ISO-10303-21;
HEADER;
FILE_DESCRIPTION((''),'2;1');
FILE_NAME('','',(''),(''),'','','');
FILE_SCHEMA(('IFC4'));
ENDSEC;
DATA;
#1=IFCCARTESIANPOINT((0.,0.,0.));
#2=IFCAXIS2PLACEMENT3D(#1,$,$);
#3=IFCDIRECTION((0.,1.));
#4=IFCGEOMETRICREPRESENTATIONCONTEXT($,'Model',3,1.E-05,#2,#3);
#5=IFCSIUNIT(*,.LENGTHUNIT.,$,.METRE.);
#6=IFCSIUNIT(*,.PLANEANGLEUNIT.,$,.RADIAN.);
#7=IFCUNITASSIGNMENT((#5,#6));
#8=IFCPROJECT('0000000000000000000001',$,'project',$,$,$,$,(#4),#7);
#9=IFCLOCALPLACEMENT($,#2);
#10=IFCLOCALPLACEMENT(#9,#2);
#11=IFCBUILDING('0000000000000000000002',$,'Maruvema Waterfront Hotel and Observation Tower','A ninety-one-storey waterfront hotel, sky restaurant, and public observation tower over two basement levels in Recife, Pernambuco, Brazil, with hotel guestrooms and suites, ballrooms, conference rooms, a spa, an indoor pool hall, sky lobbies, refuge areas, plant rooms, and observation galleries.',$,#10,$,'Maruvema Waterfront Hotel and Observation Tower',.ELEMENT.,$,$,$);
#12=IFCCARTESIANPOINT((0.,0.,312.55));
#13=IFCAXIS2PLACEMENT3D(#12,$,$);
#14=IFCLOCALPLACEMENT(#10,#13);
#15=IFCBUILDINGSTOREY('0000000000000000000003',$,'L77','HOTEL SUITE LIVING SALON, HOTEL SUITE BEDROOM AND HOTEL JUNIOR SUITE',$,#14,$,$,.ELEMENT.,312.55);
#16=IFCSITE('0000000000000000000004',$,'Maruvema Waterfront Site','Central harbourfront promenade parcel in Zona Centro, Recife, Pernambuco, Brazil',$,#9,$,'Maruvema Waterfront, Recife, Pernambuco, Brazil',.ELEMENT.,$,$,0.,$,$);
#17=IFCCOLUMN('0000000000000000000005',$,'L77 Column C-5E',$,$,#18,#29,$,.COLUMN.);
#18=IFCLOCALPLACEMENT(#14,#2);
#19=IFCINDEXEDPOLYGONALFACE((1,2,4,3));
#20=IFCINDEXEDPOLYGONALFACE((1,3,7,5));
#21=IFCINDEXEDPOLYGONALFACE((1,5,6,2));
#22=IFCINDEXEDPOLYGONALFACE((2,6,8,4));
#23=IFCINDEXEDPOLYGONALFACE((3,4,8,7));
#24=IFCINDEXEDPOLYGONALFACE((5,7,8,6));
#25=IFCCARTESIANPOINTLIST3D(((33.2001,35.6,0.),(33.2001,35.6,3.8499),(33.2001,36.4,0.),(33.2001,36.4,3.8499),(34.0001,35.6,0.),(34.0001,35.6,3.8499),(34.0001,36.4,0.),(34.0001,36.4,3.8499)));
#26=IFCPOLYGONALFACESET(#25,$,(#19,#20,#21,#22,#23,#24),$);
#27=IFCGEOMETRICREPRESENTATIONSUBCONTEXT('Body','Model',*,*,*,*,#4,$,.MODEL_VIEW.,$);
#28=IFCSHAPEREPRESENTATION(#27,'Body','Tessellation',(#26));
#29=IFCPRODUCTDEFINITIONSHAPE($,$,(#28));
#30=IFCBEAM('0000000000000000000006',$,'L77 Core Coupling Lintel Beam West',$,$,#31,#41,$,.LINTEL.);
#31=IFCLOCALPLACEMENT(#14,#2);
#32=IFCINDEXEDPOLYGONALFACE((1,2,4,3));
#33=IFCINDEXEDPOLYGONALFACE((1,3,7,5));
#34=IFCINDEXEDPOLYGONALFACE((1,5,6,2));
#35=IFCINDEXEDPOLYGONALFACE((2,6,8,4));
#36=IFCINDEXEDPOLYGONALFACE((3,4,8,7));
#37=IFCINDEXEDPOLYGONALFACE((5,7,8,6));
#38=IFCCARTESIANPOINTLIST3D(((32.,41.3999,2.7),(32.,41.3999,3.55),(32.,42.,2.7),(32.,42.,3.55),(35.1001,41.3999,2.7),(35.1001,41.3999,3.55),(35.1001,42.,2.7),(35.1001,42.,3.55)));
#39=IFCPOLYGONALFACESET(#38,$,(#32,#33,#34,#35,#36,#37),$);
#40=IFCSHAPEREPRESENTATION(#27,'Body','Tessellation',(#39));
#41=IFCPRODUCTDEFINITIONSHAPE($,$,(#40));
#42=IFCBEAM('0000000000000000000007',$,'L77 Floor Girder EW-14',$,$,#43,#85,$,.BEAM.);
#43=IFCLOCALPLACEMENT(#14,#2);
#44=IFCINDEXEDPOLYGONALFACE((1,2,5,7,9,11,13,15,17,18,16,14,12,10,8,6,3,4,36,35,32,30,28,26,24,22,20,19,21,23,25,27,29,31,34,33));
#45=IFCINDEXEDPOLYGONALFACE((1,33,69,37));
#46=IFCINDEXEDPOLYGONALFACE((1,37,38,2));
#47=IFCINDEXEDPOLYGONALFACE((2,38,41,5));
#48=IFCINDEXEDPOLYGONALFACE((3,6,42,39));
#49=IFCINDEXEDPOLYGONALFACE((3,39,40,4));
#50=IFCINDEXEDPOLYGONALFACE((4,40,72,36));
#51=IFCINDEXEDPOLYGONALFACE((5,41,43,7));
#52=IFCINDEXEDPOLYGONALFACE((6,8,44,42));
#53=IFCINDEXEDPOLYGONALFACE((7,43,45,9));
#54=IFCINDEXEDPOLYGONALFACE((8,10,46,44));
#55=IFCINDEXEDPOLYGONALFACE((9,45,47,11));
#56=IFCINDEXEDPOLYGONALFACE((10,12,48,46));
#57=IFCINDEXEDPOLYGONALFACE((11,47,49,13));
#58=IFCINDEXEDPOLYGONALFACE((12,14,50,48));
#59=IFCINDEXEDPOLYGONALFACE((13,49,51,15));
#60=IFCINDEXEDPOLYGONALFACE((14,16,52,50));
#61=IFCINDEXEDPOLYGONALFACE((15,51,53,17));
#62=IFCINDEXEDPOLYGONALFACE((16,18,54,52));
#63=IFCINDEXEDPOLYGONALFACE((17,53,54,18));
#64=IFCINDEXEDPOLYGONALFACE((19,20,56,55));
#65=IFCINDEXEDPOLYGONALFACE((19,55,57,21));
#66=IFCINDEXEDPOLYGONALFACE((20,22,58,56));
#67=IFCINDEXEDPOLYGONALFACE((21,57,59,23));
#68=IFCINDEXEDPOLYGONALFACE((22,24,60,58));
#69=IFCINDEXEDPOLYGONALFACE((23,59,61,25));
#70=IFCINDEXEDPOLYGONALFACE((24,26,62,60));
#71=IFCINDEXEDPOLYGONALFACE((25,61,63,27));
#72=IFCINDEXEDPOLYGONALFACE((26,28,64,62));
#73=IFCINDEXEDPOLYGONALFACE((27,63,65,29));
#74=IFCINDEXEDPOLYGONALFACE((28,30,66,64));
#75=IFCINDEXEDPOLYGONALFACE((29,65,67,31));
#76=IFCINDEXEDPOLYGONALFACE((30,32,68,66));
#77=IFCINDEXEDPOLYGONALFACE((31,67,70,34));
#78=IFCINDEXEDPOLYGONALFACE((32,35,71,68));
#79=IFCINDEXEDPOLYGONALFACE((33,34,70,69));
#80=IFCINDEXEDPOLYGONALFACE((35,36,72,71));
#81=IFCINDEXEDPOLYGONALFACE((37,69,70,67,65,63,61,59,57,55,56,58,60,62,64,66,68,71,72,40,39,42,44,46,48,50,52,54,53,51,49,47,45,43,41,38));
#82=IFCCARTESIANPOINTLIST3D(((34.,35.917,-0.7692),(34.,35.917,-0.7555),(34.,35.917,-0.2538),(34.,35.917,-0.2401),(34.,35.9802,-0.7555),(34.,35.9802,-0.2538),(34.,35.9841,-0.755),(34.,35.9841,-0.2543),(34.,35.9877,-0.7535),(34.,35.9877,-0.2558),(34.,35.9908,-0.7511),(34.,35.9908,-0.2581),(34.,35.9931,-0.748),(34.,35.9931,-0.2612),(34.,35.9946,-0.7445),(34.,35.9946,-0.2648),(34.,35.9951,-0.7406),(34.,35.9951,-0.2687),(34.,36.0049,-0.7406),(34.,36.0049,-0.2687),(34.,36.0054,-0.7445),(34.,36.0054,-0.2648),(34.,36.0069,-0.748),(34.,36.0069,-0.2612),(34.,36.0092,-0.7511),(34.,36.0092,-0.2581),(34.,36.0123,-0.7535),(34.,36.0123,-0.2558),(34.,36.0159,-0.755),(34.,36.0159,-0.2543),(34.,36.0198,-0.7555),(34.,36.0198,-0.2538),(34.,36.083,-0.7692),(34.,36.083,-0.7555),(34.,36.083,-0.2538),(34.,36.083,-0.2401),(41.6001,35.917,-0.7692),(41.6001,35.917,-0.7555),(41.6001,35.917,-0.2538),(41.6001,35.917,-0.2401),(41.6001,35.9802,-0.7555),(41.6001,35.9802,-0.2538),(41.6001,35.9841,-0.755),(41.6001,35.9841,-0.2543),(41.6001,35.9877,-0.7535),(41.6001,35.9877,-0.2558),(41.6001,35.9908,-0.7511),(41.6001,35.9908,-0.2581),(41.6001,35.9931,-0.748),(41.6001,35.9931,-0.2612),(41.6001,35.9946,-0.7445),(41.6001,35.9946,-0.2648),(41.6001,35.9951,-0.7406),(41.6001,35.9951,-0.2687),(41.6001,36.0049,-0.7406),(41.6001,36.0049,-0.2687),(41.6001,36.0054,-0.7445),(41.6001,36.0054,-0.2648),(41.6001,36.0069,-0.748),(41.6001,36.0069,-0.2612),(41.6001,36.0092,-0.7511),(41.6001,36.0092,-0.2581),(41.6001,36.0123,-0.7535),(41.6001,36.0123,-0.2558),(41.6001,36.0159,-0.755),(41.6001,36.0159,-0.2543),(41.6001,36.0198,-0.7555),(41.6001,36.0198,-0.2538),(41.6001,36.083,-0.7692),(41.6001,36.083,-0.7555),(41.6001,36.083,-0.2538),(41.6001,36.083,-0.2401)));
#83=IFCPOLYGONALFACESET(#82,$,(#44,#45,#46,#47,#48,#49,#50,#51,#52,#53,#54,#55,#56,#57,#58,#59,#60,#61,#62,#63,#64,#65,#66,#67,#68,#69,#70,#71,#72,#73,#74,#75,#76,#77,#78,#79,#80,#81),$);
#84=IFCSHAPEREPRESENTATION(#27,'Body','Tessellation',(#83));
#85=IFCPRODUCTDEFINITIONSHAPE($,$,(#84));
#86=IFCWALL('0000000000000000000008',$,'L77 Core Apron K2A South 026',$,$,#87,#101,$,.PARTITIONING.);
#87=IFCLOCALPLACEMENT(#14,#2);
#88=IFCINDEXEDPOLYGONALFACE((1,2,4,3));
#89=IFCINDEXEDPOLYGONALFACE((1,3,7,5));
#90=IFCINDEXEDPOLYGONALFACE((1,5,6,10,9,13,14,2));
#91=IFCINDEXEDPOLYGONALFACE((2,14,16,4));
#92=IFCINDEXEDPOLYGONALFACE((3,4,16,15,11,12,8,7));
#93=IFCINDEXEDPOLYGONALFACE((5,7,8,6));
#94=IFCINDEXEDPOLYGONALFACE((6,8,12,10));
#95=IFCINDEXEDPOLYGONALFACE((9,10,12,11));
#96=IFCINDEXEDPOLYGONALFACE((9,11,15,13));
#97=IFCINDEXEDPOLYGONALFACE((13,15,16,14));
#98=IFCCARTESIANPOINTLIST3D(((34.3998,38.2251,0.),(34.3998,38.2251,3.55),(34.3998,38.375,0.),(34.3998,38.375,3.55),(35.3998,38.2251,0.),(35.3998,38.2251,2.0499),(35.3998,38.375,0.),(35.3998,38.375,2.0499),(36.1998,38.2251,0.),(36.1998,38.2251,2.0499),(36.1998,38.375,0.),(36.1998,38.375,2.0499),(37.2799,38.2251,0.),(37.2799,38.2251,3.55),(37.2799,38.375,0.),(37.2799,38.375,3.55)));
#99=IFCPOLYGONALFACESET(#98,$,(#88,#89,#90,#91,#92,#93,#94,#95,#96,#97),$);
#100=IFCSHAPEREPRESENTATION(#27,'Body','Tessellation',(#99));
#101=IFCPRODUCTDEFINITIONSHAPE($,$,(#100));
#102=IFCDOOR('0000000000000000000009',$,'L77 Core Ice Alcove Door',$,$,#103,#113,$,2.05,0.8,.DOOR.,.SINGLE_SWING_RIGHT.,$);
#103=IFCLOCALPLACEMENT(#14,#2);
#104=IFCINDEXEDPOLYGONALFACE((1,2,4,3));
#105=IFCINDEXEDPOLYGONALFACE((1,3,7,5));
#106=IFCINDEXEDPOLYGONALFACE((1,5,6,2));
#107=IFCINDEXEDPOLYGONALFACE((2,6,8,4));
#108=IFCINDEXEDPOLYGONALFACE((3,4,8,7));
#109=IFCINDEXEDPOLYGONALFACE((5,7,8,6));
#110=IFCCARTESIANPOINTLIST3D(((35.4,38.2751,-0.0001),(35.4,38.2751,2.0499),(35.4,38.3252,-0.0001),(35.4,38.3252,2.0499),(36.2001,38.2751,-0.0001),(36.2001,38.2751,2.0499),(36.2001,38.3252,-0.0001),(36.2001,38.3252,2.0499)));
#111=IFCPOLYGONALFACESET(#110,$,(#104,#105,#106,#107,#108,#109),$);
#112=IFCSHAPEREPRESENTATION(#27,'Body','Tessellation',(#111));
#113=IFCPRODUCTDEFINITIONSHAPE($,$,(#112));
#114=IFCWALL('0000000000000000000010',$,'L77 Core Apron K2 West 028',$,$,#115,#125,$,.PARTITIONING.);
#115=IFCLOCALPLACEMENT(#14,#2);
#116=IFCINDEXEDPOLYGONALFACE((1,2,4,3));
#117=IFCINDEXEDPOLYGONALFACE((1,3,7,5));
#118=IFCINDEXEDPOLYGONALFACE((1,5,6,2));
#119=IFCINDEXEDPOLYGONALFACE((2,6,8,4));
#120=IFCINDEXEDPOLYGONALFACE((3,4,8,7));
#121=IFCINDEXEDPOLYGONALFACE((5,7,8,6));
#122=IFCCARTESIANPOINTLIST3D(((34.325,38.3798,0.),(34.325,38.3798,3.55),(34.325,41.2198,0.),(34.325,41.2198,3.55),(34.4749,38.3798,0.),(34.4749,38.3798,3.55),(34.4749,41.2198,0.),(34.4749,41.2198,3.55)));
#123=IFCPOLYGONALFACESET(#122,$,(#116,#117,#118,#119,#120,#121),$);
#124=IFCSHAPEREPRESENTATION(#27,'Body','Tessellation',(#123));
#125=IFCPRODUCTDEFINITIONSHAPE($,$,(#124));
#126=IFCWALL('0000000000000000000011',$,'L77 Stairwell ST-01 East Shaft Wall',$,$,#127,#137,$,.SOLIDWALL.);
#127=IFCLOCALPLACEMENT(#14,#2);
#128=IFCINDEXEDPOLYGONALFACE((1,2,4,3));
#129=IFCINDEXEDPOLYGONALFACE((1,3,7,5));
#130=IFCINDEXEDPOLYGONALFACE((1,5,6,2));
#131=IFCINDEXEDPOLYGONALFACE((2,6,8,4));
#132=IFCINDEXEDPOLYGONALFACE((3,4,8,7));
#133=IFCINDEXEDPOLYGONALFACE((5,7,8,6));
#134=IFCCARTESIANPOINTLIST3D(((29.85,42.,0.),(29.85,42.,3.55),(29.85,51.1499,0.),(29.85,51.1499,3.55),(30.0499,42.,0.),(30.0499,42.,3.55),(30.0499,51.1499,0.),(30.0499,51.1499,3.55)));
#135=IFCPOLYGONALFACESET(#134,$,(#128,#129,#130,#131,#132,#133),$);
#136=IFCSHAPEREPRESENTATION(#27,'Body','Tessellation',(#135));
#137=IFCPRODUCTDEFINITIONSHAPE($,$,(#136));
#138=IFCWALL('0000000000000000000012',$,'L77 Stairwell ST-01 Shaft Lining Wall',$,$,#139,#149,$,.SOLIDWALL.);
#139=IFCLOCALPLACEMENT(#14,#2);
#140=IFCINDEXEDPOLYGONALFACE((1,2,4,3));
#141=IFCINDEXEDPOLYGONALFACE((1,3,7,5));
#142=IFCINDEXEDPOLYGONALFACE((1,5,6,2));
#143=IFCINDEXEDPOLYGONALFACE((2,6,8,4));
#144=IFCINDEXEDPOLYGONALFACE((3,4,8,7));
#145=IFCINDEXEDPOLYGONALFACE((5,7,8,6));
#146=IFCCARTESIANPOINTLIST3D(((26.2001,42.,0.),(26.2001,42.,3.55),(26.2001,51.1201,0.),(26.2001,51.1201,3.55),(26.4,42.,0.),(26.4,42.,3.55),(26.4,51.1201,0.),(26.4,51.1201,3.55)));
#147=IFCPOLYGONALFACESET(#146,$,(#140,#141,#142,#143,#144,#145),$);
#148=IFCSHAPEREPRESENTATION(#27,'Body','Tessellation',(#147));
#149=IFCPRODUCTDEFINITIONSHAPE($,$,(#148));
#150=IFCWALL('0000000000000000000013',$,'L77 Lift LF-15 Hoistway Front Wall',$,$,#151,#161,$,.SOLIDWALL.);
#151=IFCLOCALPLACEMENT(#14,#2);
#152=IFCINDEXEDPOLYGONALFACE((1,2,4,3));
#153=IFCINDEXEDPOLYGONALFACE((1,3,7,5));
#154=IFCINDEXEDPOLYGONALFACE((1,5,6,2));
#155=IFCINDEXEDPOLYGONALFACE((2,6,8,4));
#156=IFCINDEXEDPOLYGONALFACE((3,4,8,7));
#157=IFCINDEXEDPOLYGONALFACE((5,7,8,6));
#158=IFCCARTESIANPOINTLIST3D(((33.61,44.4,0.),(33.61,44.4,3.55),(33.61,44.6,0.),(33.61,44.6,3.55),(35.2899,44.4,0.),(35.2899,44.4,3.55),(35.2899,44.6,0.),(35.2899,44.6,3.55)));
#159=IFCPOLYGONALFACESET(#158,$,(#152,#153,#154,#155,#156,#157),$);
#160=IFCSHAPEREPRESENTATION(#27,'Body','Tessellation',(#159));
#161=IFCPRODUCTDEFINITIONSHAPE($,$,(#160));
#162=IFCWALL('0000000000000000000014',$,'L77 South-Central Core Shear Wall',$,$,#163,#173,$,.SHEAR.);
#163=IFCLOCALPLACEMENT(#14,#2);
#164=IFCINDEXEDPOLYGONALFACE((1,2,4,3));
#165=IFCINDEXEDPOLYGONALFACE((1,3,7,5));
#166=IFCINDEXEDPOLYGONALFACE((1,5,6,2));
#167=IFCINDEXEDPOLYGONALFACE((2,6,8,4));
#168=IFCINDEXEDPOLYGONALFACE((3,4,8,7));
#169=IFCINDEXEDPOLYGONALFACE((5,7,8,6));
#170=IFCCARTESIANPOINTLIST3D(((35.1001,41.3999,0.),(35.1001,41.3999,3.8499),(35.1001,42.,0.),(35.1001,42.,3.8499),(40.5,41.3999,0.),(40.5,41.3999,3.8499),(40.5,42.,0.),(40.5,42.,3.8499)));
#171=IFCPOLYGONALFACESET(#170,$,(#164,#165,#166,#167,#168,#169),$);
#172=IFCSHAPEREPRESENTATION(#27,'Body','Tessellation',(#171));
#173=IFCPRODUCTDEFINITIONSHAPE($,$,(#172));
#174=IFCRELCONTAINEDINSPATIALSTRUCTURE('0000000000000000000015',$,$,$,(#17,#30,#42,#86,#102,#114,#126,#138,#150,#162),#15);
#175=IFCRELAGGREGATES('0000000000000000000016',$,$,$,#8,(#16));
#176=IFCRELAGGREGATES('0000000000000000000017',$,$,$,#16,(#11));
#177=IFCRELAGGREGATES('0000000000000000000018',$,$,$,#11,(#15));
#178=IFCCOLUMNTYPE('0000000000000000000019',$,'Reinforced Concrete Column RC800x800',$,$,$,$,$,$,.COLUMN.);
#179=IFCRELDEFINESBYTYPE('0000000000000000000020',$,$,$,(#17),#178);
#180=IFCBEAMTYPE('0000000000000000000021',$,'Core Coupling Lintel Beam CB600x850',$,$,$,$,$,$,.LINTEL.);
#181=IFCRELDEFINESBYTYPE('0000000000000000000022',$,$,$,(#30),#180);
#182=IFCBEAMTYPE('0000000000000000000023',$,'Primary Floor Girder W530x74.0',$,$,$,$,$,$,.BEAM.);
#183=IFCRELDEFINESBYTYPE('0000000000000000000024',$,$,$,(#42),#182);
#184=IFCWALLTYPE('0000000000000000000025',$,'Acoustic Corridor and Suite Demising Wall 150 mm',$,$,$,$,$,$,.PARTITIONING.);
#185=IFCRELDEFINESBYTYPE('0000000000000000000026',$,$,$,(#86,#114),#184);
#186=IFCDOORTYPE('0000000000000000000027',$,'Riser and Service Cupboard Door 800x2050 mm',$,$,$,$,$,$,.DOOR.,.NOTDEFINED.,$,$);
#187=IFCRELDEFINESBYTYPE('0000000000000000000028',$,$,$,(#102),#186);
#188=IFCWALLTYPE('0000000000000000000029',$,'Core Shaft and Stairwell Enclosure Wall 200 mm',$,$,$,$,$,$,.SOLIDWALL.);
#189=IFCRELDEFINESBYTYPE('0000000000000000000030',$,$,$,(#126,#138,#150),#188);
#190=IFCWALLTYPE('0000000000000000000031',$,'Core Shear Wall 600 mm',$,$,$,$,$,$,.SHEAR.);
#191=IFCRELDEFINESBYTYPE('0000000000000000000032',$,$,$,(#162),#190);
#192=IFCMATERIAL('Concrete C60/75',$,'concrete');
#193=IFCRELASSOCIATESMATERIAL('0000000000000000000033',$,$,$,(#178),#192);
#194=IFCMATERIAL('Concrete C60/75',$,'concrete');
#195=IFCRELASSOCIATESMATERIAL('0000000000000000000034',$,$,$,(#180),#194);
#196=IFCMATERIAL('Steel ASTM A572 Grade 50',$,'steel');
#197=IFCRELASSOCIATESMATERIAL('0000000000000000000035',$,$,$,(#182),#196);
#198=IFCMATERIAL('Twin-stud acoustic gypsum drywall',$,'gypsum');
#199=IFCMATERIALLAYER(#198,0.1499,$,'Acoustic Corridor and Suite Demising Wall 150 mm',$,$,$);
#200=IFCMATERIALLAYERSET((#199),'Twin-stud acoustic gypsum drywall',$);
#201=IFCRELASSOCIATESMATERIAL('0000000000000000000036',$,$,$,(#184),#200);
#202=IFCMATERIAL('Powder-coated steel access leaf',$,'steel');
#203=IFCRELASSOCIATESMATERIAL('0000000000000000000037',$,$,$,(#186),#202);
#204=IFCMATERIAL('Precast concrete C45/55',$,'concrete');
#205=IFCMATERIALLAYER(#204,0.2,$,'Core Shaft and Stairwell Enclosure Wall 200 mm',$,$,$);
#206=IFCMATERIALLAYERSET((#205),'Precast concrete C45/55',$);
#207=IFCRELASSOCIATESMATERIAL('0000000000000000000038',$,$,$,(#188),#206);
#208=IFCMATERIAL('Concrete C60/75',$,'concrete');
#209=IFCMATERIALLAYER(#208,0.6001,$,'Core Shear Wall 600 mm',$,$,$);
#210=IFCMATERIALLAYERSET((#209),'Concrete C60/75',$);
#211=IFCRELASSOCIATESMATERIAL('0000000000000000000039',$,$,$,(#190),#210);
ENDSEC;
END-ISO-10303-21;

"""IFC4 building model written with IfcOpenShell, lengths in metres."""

from ifc_helpers import new_model, si_unit, direction, frame, frame_2d, origin, origin_2d, place, context, subcontext, project, spatial, rectangle, i_section, extrude, material, layer, layer_set, material_profile, profile_set, type_object, element, fill, save


model = new_model("IFC4")

# Units and contexts
model_context = context("Model", 3, precision=1e-05, world=origin(), true_north=direction((0.0, 1.0)))
body_context = subcontext(model_context, "Body", "Model", "MODEL_VIEW")
ifc_project = project(units=[si_unit("LENGTHUNIT", "METRE"), si_unit("PLANEANGLEUNIT", "RADIAN")], contexts=[model_context])

# Site, building, storey
site_placement = place(None, origin())
site = spatial("IfcSite", under=ifc_project, at=site_placement, Name="Maruvema Waterfront Site", Description="Central harbourfront promenade parcel in Zona Centro, Recife, Pernambuco, Brazil", LongName="Maruvema Waterfront, Recife, Pernambuco, Brazil", CompositionType="ELEMENT", RefElevation=0.0)
building_placement = place(site_placement, origin())
building = spatial("IfcBuilding", under=site, at=building_placement, Name="Maruvema Waterfront Hotel and Observation Tower", Description="A ninety-one-storey waterfront hotel, sky restaurant, and public observation tower over two basement levels in Recife, Pernambuco, Brazil, with hotel guestrooms and suites, ballrooms, conference rooms, a spa, an indoor pool hall, sky lobbies, refuge areas, plant rooms, and observation galleries.", LongName="Maruvema Waterfront Hotel and Observation Tower", CompositionType="ELEMENT")
storey_placement = place(building_placement, frame((0.0, 0.0, 312.55)))
storey = spatial("IfcBuildingStorey", under=building, at=storey_placement, Name="L77", Description="HOTEL SUITE LIVING SALON, HOTEL SUITE BEDROOM AND HOTEL JUNIOR SUITE", CompositionType="ELEMENT", Elevation=312.55)

# Column
ifc_material_1 = material(Name="Concrete C60/75", Category="concrete")
ifc_material_profile_1 = material_profile(ifc_material_1, rectangle(XDim=0.8, YDim=0.8, at=origin_2d()), Name="RC800x800")
ifc_profile_set_1 = profile_set([ifc_material_profile_1], Name="Concrete C60/75")
column_type = type_object("IfcColumnType", Name="Reinforced Concrete Column RC800x800", PredefinedType="COLUMN", material=ifc_profile_set_1)
column_placement = place(storey_placement, frame((33.6001, 36.0, 0.0), z_axis=(0.0, 0.0, 1.0), x_axis=(1.0, 0.0, 0.0)))
element("IfcColumn", 1, at=column_placement, inside=storey, type_object=column_type, Name="L77 Column C-5E", PredefinedType="COLUMN", context=body_context, shape_type="SweptSolid", body=[
    extrude(rectangle(XDim=0.8, YDim=0.8, at=origin_2d()), origin(), (0.0, 0.0, 1.0), 3.8499),
])

# Beams
ifc_material_2 = material(Name="Concrete C60/75", Category="concrete")
ifc_material_profile_2 = material_profile(ifc_material_2, rectangle(XDim=0.6001, YDim=0.8501, at=origin_2d()), Name="CB600x850")
ifc_profile_set_2 = profile_set([ifc_material_profile_2], Name="Concrete C60/75")
beam_type_1 = type_object("IfcBeamType", Name="Core Coupling Lintel Beam CB600x850", PredefinedType="LINTEL", material=ifc_profile_set_2)
beam_1_placement = place(storey_placement, frame((32.0, 41.7, 3.125), z_axis=(1.0, 0.0, 0.0), x_axis=(0.0, 1.0, 0.0)))
element("IfcBeam", 2, at=beam_1_placement, inside=storey, type_object=beam_type_1, Name="L77 Core Coupling Lintel Beam West", PredefinedType="LINTEL", context=body_context, shape_type="SweptSolid", body=[
    extrude(rectangle(XDim=0.6001, YDim=0.8501, at=origin_2d()), origin(), (0.0, 0.0, 1.0), 3.1001),
])
ifc_material_3 = material(Name="Steel ASTM A572 Grade 50", Category="steel")
ifc_material_profile_3 = material_profile(ifc_material_3, i_section(OverallWidth=0.166, OverallDepth=0.5291, WebThickness=0.0098, FlangeThickness=0.0137, FilletRadius=0.0149, at=origin_2d()), Name="W530x74.0")
ifc_profile_set_3 = profile_set([ifc_material_profile_3], Name="Steel ASTM A572 Grade 50")
beam_type_2 = type_object("IfcBeamType", Name="Primary Floor Girder W530x74.0", PredefinedType="BEAM", material=ifc_profile_set_3)
beam_2_placement = place(storey_placement, frame((34.0, 36.0, -0.5046), z_axis=(1.0, 0.0, 0.0), x_axis=(0.0, 1.0, 0.0)))
element("IfcBeam", 3, at=beam_2_placement, inside=storey, type_object=beam_type_2, Name="L77 Floor Girder EW-14", PredefinedType="BEAM", context=body_context, shape_type="SweptSolid", body=[
    extrude(i_section(OverallWidth=0.166, OverallDepth=0.5291, WebThickness=0.0098, FlangeThickness=0.0137, FilletRadius=0.0149, at=origin_2d()), origin(), (0.0, 0.0, 1.0), 7.6001),
])

# Wall, opening, door
ifc_material_4 = material(Name="Twin-stud acoustic gypsum drywall", Category="gypsum")
ifc_layer_1 = layer(ifc_material_4, 0.1499, Name="Acoustic Corridor and Suite Demising Wall 150 mm")
ifc_layer_set_1 = layer_set([ifc_layer_1], Name="Twin-stud acoustic gypsum drywall")
wall_type_1 = type_object("IfcWallType", Name="Acoustic Corridor and Suite Demising Wall 150 mm", PredefinedType="PARTITIONING", material=ifc_layer_set_1)
wall_1_placement = place(storey_placement, frame((34.3999, 38.3, 0.0), z_axis=(0.0, 0.0, 1.0), x_axis=(1.0, 0.0, 0.0)))
wall_1 = element("IfcWall", 4, at=wall_1_placement, inside=storey, type_object=wall_type_1, Name="L77 Core Apron K2A South 026", PredefinedType="PARTITIONING", context=body_context, shape_type="SweptSolid", body=[
    extrude(rectangle(XDim=2.8801, YDim=0.1499, at=frame_2d((1.4399, 0.0))), origin(), (0.0, 0.0, 1.0), 3.55),
])
opening_1_placement = place(wall_1_placement, frame((1.0, 0.0, 0.0)))
opening_1 = element("IfcOpeningElement", 5, at=opening_1_placement, cuts=wall_1, PredefinedType="OPENING", context=body_context, shape_type="SweptSolid", body=[
    extrude(rectangle(XDim=0.8, YDim=2.05, at=frame_2d((0.3999, 1.0249))), frame((0.0, 0.085, 0.0), z_axis=(0.0, -1.0, 0.0), x_axis=(1.0, 0.0, 0.0)), (0.0, 0.0, 1.0), 0.1699),
])
ifc_material_5 = material(Name="Powder-coated steel access leaf", Category="steel")
door_type_1 = type_object("IfcDoorType", Name="Riser and Service Cupboard Door 800x2050 mm", OperationType="NOTDEFINED", PredefinedType="DOOR", material=ifc_material_5)
door_1_placement = place(opening_1_placement, frame((0.8, 0.0, 0.0), z_axis=(0.0, 0.0, 1.0), x_axis=(-1.0, 0.0, 0.0)))
door_1 = element("IfcDoor", 6, at=door_1_placement, inside=storey, type_object=door_type_1, Name="L77 Core Ice Alcove Door", OperationType="SINGLE_SWING_RIGHT", OverallHeight=2.05, OverallWidth=0.8, PredefinedType="DOOR", context=body_context, shape_type="SweptSolid", body=[
    extrude(rectangle(XDim=0.8, YDim=2.05, at=frame_2d((0.3999, 1.0249))), frame((0.0, 0.0249, 0.0), z_axis=(0.0, -1.0, 0.0), x_axis=(1.0, 0.0, 0.0)), (0.0, 0.0, 1.0), 0.05),
])
fill(opening_1, door_1)

# Walls
wall_2_placement = place(storey_placement, frame((34.3999, 38.3799, 0.0), z_axis=(0.0, 0.0, 1.0), x_axis=(0.0, 1.0, 0.0)))
element("IfcWall", 7, at=wall_2_placement, inside=storey, type_object=wall_type_1, Name="L77 Core Apron K2 West 028", PredefinedType="PARTITIONING", context=body_context, shape_type="SweptSolid", body=[
    extrude(rectangle(XDim=2.8401, YDim=0.1499, at=frame_2d((1.4199, 0.0))), origin(), (0.0, 0.0, 1.0), 3.55),
])
ifc_material_6 = material(Name="Precast concrete C45/55", Category="concrete")
ifc_layer_2 = layer(ifc_material_6, 0.2, Name="Core Shaft and Stairwell Enclosure Wall 200 mm")
ifc_layer_set_2 = layer_set([ifc_layer_2], Name="Precast concrete C45/55")
wall_type_2 = type_object("IfcWallType", Name="Core Shaft and Stairwell Enclosure Wall 200 mm", PredefinedType="SOLIDWALL", material=ifc_layer_set_2)
wall_3_placement = place(storey_placement, frame((29.95, 42.0, 0.0), z_axis=(0.0, 0.0, 1.0), x_axis=(0.0, 1.0, 0.0)))
element("IfcWall", 8, at=wall_3_placement, inside=storey, type_object=wall_type_2, Name="L77 Stairwell ST-01 East Shaft Wall", PredefinedType="SOLIDWALL", context=body_context, shape_type="SweptSolid", body=[
    extrude(rectangle(XDim=9.1499, YDim=0.2, at=frame_2d((4.575, 0.0))), origin(), (0.0, 0.0, 1.0), 3.55),
])
wall_4_placement = place(storey_placement, frame((26.3, 42.0, 0.0), z_axis=(0.0, 0.0, 1.0), x_axis=(0.0, 1.0, 0.0)))
element("IfcWall", 9, at=wall_4_placement, inside=storey, type_object=wall_type_2, Name="L77 Stairwell ST-01 Shaft Lining Wall", PredefinedType="SOLIDWALL", context=body_context, shape_type="SweptSolid", body=[
    extrude(rectangle(XDim=9.1201, YDim=0.2, at=frame_2d((4.5601, 0.0))), origin(), (0.0, 0.0, 1.0), 3.55),
])

# Walls
wall_5_placement = place(storey_placement, frame((33.6101, 44.5, 0.0), z_axis=(0.0, 0.0, 1.0), x_axis=(1.0, 0.0, 0.0)))
element("IfcWall", 10, at=wall_5_placement, inside=storey, type_object=wall_type_2, Name="L77 Lift LF-15 Hoistway Front Wall", PredefinedType="SOLIDWALL", context=body_context, shape_type="SweptSolid", body=[
    extrude(rectangle(XDim=1.6799, YDim=0.2, at=frame_2d((0.8398, 0.0))), origin(), (0.0, 0.0, 1.0), 3.55),
])
ifc_material_7 = material(Name="Concrete C60/75", Category="concrete")
ifc_layer_3 = layer(ifc_material_7, 0.6001, Name="Core Shear Wall 600 mm")
ifc_layer_set_3 = layer_set([ifc_layer_3], Name="Concrete C60/75")
wall_type_3 = type_object("IfcWallType", Name="Core Shear Wall 600 mm", PredefinedType="SHEAR", material=ifc_layer_set_3)
wall_6_placement = place(storey_placement, frame((35.1001, 41.7, 0.0), z_axis=(0.0, 0.0, 1.0), x_axis=(1.0, 0.0, 0.0)))
element("IfcWall", 11, at=wall_6_placement, inside=storey, type_object=wall_type_3, Name="L77 South-Central Core Shear Wall", PredefinedType="SHEAR", context=body_context, shape_type="SweptSolid", body=[
    extrude(rectangle(XDim=5.3999, YDim=0.6001, at=frame_2d((2.7, 0.0))), origin(), (0.0, 0.0, 1.0), 3.8499),
])

save(model, "model.ifc")
